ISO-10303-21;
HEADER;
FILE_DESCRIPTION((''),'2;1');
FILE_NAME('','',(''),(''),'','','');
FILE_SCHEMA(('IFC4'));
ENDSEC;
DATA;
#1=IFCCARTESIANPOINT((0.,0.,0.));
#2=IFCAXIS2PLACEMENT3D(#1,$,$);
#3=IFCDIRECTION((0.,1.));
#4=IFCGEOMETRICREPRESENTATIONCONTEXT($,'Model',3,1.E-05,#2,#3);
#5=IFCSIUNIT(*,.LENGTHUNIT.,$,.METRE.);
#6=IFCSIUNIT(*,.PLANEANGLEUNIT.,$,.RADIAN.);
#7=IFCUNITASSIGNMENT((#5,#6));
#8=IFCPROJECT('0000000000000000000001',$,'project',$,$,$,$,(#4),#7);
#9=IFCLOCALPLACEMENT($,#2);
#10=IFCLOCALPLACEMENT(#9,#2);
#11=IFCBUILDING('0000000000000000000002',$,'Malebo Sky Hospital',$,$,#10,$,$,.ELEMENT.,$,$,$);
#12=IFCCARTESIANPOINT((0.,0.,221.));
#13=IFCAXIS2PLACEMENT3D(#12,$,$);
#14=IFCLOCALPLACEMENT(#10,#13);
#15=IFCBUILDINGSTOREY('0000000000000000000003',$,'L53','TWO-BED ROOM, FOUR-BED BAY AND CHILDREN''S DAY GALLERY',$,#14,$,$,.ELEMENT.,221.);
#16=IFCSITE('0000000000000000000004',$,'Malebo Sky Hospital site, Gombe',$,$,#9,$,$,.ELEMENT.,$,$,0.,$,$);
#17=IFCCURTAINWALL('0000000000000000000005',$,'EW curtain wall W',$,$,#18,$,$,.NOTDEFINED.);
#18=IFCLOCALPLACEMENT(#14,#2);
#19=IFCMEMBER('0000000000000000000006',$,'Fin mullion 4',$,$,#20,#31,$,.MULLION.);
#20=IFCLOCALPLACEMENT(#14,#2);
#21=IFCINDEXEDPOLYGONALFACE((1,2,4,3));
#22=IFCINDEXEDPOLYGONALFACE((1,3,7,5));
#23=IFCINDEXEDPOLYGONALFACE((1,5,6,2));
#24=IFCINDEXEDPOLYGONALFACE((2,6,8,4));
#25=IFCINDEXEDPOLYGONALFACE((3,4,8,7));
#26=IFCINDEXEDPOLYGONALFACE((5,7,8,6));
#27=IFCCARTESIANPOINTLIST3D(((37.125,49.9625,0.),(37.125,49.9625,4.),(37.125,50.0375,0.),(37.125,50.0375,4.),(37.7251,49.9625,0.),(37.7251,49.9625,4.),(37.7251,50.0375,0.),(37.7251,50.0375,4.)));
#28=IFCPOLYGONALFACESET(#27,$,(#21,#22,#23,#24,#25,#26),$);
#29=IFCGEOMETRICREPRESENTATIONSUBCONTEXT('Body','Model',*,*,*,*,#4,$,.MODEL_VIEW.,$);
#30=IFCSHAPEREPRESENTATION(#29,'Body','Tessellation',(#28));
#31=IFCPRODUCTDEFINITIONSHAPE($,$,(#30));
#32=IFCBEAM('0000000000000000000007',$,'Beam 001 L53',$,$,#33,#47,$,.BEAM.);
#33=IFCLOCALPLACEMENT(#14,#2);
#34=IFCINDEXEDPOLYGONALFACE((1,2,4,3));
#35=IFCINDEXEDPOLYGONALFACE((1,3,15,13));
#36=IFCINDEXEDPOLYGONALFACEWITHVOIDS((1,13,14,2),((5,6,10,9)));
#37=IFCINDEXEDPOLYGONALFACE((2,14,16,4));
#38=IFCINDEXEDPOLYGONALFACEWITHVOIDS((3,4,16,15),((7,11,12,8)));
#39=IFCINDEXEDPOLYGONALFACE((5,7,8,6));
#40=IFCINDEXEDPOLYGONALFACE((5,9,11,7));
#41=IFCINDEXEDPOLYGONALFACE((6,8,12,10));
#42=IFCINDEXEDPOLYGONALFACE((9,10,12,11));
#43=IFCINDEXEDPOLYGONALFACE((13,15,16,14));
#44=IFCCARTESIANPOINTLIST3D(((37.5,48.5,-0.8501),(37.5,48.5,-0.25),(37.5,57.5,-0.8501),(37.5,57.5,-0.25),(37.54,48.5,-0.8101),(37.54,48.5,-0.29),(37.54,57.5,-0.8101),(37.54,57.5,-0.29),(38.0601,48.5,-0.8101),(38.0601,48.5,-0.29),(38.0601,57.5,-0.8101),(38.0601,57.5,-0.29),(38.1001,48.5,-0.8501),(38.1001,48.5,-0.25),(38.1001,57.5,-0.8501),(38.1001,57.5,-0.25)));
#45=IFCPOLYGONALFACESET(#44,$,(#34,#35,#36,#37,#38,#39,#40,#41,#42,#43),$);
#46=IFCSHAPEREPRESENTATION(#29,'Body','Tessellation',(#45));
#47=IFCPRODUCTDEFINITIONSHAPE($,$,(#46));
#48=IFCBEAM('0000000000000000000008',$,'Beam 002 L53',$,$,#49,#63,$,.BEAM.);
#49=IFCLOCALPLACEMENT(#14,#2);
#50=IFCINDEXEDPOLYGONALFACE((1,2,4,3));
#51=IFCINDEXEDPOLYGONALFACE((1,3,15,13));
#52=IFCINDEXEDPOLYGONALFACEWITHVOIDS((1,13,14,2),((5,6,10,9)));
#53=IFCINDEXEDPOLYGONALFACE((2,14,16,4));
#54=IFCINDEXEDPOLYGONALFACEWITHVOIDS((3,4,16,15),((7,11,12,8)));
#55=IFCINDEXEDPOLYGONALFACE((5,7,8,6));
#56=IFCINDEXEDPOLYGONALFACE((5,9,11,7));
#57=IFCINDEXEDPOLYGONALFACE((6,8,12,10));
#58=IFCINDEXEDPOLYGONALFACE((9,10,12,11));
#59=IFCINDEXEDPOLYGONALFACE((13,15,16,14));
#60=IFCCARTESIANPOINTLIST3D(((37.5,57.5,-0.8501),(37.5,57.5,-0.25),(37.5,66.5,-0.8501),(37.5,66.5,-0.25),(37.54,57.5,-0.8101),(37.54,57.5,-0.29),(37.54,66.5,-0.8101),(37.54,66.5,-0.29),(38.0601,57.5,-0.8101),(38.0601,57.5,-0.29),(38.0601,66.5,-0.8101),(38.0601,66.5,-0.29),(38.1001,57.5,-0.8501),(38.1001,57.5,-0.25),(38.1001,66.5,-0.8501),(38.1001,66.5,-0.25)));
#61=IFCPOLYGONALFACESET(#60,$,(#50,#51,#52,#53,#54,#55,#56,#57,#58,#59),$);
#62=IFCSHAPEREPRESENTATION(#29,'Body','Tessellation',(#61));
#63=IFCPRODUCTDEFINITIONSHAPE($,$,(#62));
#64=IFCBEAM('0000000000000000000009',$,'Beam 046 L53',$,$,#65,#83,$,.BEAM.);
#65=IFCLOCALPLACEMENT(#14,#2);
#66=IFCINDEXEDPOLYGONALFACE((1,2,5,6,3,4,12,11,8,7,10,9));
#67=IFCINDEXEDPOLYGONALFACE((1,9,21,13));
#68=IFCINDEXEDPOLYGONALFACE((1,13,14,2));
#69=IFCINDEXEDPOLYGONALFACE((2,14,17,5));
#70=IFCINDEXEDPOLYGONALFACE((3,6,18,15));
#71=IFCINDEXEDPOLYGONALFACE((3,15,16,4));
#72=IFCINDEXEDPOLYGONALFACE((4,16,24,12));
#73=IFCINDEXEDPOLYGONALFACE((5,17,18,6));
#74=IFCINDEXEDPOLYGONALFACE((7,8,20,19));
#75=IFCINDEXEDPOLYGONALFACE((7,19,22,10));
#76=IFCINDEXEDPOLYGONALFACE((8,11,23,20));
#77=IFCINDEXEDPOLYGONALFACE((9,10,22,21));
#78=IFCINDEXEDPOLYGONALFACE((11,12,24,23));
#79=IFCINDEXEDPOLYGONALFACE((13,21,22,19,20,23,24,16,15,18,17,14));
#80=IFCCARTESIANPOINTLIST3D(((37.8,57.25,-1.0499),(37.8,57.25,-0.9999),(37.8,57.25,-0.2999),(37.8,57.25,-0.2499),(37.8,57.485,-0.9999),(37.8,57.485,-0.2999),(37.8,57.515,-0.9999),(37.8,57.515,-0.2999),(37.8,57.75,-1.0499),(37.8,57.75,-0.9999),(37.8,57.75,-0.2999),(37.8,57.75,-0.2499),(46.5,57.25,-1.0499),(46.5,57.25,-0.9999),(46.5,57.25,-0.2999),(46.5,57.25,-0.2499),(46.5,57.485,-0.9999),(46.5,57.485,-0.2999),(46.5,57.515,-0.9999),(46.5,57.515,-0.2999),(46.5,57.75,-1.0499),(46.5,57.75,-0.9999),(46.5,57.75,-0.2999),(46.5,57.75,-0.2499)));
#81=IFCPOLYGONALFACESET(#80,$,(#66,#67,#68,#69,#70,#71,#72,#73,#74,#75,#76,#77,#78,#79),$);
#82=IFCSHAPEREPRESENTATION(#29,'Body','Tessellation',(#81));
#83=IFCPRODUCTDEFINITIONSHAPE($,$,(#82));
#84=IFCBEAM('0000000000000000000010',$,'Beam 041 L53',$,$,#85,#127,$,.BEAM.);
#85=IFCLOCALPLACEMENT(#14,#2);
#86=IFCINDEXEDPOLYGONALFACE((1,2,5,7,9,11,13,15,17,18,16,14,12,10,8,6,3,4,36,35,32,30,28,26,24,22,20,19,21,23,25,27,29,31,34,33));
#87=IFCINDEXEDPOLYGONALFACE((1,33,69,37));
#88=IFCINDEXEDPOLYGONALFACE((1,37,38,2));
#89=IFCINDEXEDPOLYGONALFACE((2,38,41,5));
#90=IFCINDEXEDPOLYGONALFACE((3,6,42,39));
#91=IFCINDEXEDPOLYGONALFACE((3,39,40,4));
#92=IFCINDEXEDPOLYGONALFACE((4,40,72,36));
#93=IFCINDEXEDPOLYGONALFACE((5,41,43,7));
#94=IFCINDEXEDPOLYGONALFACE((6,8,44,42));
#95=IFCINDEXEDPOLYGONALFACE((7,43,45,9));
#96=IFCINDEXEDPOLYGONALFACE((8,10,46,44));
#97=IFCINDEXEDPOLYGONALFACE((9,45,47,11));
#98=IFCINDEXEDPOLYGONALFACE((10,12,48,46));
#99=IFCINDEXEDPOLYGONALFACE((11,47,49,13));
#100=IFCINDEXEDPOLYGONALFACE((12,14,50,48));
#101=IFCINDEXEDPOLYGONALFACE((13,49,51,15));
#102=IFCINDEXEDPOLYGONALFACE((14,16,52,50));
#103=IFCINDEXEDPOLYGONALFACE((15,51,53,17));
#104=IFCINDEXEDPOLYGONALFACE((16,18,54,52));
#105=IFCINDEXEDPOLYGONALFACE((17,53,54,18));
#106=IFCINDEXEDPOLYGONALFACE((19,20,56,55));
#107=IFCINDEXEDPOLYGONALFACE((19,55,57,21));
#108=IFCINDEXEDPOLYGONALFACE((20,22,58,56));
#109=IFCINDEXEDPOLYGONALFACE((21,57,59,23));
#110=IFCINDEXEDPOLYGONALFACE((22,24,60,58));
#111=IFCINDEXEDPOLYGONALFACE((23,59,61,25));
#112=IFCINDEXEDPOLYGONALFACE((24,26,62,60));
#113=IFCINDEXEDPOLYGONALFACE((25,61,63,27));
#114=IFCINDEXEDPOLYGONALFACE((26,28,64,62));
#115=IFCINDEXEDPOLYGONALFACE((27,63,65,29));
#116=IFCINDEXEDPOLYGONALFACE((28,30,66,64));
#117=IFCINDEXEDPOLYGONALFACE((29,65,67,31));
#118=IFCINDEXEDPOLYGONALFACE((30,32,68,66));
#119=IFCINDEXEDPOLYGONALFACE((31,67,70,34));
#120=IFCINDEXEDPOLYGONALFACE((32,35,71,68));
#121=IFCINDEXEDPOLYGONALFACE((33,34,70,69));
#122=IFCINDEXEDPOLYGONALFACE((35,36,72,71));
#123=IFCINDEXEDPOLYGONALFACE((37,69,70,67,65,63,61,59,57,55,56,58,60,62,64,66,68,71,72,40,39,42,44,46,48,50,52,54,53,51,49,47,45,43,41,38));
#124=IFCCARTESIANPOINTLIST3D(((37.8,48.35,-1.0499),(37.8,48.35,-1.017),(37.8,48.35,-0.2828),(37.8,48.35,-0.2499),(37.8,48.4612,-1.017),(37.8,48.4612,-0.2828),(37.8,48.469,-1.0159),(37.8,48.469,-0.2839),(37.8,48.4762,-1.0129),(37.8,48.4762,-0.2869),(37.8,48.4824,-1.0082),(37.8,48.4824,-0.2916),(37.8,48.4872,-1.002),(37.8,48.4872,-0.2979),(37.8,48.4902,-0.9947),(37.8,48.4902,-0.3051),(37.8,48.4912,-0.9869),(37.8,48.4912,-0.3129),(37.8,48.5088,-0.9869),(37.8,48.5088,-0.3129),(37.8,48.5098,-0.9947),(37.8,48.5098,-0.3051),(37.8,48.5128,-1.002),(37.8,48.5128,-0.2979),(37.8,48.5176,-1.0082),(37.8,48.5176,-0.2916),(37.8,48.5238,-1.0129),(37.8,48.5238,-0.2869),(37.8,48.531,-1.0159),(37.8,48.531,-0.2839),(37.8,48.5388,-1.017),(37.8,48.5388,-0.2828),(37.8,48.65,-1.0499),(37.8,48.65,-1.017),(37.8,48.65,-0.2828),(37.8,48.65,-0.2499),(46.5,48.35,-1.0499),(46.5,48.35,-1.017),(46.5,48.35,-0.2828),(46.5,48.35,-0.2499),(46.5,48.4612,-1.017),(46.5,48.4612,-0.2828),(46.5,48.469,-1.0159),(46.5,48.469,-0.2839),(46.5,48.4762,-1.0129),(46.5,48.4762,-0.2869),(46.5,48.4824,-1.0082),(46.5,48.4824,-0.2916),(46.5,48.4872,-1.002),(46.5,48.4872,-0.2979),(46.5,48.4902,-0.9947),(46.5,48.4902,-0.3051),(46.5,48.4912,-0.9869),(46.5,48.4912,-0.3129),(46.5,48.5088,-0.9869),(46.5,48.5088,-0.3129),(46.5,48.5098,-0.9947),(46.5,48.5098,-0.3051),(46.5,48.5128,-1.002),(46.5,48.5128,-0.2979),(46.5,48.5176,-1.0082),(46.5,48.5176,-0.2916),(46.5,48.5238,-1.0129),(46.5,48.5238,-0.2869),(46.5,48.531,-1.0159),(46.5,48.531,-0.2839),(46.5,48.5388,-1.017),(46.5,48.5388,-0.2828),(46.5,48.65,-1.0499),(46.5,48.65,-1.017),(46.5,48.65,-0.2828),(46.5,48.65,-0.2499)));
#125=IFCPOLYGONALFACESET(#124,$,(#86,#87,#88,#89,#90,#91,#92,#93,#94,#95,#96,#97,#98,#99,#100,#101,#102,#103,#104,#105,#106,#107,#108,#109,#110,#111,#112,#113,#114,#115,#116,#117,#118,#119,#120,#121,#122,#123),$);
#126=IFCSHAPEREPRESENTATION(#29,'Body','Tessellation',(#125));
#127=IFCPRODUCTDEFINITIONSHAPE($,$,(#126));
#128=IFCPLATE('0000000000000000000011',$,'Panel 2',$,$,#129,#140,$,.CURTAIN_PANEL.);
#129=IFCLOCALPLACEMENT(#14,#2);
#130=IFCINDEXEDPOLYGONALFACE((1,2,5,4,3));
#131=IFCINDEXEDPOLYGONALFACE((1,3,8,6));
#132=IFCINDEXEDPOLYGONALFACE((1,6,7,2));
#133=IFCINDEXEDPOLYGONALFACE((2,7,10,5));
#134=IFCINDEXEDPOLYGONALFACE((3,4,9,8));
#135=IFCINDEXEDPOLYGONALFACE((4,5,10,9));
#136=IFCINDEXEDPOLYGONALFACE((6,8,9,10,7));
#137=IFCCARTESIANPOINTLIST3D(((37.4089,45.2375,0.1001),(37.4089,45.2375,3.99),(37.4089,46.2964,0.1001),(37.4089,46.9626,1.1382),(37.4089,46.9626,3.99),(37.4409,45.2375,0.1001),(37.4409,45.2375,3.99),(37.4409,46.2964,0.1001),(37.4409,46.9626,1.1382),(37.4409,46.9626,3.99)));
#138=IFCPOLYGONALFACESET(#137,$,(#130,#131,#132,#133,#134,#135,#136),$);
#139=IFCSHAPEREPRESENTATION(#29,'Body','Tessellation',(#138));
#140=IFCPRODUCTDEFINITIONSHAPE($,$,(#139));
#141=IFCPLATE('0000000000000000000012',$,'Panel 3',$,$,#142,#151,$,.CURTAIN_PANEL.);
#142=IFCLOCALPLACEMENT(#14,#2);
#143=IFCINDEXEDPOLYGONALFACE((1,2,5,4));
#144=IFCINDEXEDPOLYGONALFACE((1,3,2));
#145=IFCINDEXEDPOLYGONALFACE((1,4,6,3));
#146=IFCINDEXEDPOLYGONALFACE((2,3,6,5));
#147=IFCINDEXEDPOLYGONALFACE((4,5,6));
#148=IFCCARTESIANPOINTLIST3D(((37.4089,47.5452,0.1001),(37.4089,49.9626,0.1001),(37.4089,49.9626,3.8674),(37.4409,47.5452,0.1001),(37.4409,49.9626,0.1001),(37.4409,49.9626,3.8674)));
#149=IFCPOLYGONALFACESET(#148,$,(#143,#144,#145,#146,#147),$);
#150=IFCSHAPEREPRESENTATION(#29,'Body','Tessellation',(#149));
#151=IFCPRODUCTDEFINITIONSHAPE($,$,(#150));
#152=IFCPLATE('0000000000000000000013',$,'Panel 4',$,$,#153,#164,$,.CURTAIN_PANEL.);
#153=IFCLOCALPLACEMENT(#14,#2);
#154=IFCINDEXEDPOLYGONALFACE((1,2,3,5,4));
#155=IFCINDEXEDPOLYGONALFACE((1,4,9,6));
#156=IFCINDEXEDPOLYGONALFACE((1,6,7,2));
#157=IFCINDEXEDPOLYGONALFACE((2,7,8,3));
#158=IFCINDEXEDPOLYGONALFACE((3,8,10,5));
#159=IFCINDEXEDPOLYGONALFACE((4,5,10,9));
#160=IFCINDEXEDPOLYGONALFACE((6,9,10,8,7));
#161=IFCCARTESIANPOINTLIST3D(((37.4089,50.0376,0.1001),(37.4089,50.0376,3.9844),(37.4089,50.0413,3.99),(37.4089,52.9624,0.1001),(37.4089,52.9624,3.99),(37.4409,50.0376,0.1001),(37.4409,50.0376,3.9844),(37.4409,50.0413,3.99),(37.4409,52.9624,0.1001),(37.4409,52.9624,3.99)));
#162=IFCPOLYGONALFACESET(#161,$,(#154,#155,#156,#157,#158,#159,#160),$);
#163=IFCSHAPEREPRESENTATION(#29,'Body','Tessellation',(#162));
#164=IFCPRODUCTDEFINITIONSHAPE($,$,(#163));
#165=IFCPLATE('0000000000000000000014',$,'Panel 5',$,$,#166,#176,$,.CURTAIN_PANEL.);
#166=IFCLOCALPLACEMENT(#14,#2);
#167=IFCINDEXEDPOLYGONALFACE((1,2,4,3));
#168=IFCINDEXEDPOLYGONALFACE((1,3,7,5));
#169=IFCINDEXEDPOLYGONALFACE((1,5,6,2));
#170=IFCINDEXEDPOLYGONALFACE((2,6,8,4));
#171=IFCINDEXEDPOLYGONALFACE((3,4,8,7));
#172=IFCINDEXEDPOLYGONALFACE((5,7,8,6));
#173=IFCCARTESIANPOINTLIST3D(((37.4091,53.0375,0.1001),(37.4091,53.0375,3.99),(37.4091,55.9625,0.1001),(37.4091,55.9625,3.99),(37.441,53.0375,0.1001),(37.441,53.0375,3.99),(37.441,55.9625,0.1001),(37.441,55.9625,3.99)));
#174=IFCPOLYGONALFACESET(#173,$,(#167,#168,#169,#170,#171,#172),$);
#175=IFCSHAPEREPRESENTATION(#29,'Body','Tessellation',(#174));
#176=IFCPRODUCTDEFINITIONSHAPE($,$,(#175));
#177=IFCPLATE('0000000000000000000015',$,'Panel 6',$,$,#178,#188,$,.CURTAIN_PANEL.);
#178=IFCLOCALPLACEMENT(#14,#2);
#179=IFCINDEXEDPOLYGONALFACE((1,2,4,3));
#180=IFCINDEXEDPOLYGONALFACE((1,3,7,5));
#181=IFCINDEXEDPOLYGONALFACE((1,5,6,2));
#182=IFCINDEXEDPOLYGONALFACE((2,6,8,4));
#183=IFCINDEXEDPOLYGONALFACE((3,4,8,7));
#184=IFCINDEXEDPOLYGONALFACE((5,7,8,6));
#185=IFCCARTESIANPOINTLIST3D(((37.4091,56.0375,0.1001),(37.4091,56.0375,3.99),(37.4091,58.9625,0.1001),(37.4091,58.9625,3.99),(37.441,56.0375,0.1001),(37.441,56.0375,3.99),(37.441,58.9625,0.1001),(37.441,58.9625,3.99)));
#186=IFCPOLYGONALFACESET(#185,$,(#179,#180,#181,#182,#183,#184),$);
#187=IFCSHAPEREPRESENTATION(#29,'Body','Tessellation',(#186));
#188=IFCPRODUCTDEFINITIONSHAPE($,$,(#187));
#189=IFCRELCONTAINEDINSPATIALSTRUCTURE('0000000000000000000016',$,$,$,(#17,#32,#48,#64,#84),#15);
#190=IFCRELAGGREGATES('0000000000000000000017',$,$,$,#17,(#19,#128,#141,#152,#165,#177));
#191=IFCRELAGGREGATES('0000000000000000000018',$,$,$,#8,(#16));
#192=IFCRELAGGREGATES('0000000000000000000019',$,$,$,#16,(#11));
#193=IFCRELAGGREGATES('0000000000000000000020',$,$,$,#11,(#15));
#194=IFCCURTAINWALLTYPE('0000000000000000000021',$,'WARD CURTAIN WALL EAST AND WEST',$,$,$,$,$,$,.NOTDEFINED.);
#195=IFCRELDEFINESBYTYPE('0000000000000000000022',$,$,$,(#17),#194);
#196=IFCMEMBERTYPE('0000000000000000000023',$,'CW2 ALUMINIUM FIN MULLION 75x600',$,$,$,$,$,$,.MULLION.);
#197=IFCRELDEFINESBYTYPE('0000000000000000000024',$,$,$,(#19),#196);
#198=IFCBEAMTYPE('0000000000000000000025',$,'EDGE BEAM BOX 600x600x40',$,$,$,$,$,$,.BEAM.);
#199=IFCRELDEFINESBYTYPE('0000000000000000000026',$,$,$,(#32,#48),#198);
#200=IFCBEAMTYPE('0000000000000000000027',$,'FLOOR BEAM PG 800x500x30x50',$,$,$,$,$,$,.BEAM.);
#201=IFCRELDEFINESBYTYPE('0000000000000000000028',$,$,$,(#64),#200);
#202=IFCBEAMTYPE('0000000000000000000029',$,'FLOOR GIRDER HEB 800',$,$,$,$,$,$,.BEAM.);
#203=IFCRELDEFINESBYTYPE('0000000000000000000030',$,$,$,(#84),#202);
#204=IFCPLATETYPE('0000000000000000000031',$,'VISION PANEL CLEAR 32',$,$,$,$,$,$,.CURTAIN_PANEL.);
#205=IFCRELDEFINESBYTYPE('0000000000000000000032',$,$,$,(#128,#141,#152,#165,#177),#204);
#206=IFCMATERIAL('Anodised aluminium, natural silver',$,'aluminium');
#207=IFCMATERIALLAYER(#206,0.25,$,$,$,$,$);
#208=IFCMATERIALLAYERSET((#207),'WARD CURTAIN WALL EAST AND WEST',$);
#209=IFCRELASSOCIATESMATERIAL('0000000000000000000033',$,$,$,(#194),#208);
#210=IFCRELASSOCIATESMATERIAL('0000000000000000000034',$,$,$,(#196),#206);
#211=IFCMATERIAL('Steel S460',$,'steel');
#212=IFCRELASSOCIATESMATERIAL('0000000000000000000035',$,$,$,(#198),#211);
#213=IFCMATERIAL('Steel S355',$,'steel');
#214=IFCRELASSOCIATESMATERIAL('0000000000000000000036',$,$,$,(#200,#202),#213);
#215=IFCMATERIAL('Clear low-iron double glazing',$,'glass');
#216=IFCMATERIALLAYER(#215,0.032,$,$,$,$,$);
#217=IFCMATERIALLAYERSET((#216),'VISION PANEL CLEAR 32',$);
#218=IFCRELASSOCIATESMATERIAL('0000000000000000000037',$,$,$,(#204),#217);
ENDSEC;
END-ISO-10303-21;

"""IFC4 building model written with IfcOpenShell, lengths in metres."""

from ifc_helpers import new_model, si_unit, direction, frame, origin, origin_2d, place, context, subcontext, project, spatial, polyline, rectangle, hollow_rectangle, i_section, outline, extrude, material, layer, layer_set, material_profile, profile_set, type_object, element, aggregate, save


model = new_model("IFC4")

# Units and contexts
model_context = context("Model", 3, precision=1e-05, world=origin(), true_north=direction((0.0, 1.0)))
body_context = subcontext(model_context, "Body", "Model", "MODEL_VIEW")
ifc_project = project(units=[si_unit("LENGTHUNIT", "METRE"), si_unit("PLANEANGLEUNIT", "RADIAN")], contexts=[model_context])

# Site, building, storey
site_placement = place(None, origin())
site = spatial("IfcSite", under=ifc_project, at=site_placement, Name="Malebo Sky Hospital site, Gombe", CompositionType="ELEMENT", RefElevation=0.0)
building_placement = place(site_placement, origin())
building = spatial("IfcBuilding", under=site, at=building_placement, Name="Malebo Sky Hospital", CompositionType="ELEMENT")
storey_placement = place(building_placement, frame((0.0, 0.0, 221.0)))
storey = spatial("IfcBuildingStorey", under=building, at=storey_placement, Name="L53", Description="TWO-BED ROOM, FOUR-BED BAY AND CHILDREN'S DAY GALLERY", CompositionType="ELEMENT", Elevation=221.0)

# Shared definitions
ifc_material_1 = material(Name="Steel S460", Category="steel")

# Curtain wall
ifc_material_2 = material(Name="Anodised aluminium, natural silver", Category="aluminium")
ifc_layer_1 = layer(ifc_material_2, 0.25)
ifc_layer_set_1 = layer_set([ifc_layer_1], Name="WARD CURTAIN WALL EAST AND WEST")
curtain_wall_type = type_object("IfcCurtainWallType", Name="WARD CURTAIN WALL EAST AND WEST", PredefinedType="NOTDEFINED", material=ifc_layer_set_1)
curtain_wall_placement = place(storey_placement, origin())
curtain_wall = element("IfcCurtainWall", 1, at=curtain_wall_placement, inside=storey, type_object=curtain_wall_type, Name="EW curtain wall W", PredefinedType="NOTDEFINED")

# Member
ifc_material_3 = material(Name="Steel S355", Category="steel")
ifc_material_profile_1 = material_profile(ifc_material_2, rectangle(XDim=0.075, YDim=0.6001, at=origin_2d()), Name="CW2 ALUMINIUM FIN MULLION 75x600")
ifc_profile_set_1 = profile_set([ifc_material_profile_1], Name="Anodised aluminium, natural silver")
member_type_1 = type_object("IfcMemberType", Name="CW2 ALUMINIUM FIN MULLION 75x600", PredefinedType="MULLION", material=ifc_profile_set_1)
member_1_placement = place(storey_placement, frame((37.425, 50.0, 0.0), z_axis=(0.0, 0.0, 1.0), x_axis=(0.0, 1.0, 0.0)))
member_1 = element("IfcMember", 2, at=member_1_placement, type_object=member_type_1, Name="Fin mullion 4", PredefinedType="MULLION", context=body_context, shape_type="SweptSolid", body=[
    extrude(rectangle(XDim=0.075, YDim=0.6001, at=origin_2d()), origin(), (0.0, 0.0, 1.0), 4.0),
])

# Beams
ifc_material_profile_2 = material_profile(ifc_material_1, hollow_rectangle(XDim=0.6001, YDim=0.6001, WallThickness=0.04, at=origin_2d()), Name="BOX 600x600x40")
ifc_profile_set_2 = profile_set([ifc_material_profile_2], Name="Steel S460")
beam_type_1 = type_object("IfcBeamType", Name="EDGE BEAM BOX 600x600x40", PredefinedType="BEAM", material=ifc_profile_set_2)
for number, where, z_axis, x_axis, name in (
    (3, (37.8, 48.5, -0.55), (0.0, 1.0, 0.0), (-1.0, 0.0, 0.0), "Beam 001 L53"),
    (4, (37.8, 57.5, -0.55), (0.0, 1.0, 0.0), (-1.0, 0.0, 0.0), "Beam 002 L53"),
):
    element("IfcBeam", number, at=place(storey_placement, frame(where, z_axis=z_axis, x_axis=x_axis)), inside=storey, type_object=beam_type_1, Name=name, PredefinedType="BEAM", context=body_context, shape_type="SweptSolid", body=[
        extrude(hollow_rectangle(XDim=0.6001, YDim=0.6001, WallThickness=0.04, at=origin_2d()), origin(), (0.0, 0.0, 1.0), 9.0),
    ])
ifc_material_profile_3 = material_profile(ifc_material_3, i_section(OverallWidth=0.5, OverallDepth=0.8, WebThickness=0.03, FlangeThickness=0.05, at=origin_2d()), Name="PG 800x500x30x50")
ifc_profile_set_3 = profile_set([ifc_material_profile_3], Name="Steel S355")
beam_type_2 = type_object("IfcBeamType", Name="FLOOR BEAM PG 800x500x30x50", PredefinedType="BEAM", material=ifc_profile_set_3)
beam_1_placement = place(storey_placement, frame((37.8, 57.5, -0.6499), z_axis=(1.0, 0.0, 0.0), x_axis=(0.0, 1.0, 0.0)))
element("IfcBeam", 5, at=beam_1_placement, inside=storey, type_object=beam_type_2, Name="Beam 046 L53", PredefinedType="BEAM", context=body_context, shape_type="SweptSolid", body=[
    extrude(i_section(OverallWidth=0.5, OverallDepth=0.8, WebThickness=0.03, FlangeThickness=0.05, at=origin_2d()), origin(), (0.0, 0.0, 1.0), 8.7),
])
ifc_material_profile_4 = material_profile(ifc_material_3, i_section(OverallWidth=0.3, OverallDepth=0.8, WebThickness=0.0176, FlangeThickness=0.033, FilletRadius=0.03, at=origin_2d()), Name="HEB 800")
ifc_profile_set_4 = profile_set([ifc_material_profile_4], Name="Steel S355")
beam_type_3 = type_object("IfcBeamType", Name="FLOOR GIRDER HEB 800", PredefinedType="BEAM", material=ifc_profile_set_4)
beam_2_placement = place(storey_placement, frame((37.8, 48.5, -0.6499), z_axis=(1.0, 0.0, 0.0), x_axis=(0.0, 1.0, 0.0)))
element("IfcBeam", 6, at=beam_2_placement, inside=storey, type_object=beam_type_3, Name="Beam 041 L53", PredefinedType="BEAM", context=body_context, shape_type="SweptSolid", body=[
    extrude(i_section(OverallWidth=0.3, OverallDepth=0.8, WebThickness=0.0176, FlangeThickness=0.033, FilletRadius=0.03, at=origin_2d()), origin(), (0.0, 0.0, 1.0), 8.7),
])

# Plates
ifc_material_4 = material(Name="Clear low-iron double glazing", Category="glass")
ifc_layer_2 = layer(ifc_material_4, 0.032)
ifc_layer_set_2 = layer_set([ifc_layer_2], Name="VISION PANEL CLEAR 32")
plate_type = type_object("IfcPlateType", Name="VISION PANEL CLEAR 32", PredefinedType="CURTAIN_PANEL", material=ifc_layer_set_2)
plate_1_placement = place(storey_placement, frame((37.425, 46.1001, 0.1001), z_axis=(0.0, 0.0, 1.0), x_axis=(0.0, 1.0, 0.0)))
plate_1 = element("IfcPlate", 7, at=plate_1_placement, type_object=plate_type, Name="Panel 2", PredefinedType="CURTAIN_PANEL", context=body_context, shape_type="SweptSolid", body=[
    extrude(outline(polyline([(-0.8625, 0.0), (0.1963, 0.0), (0.8625, 1.0381), (0.8625, 3.8899), (-0.8625, 3.8899), (-0.8625, 0.0)])), frame((0.0, 0.0161, 0.0), z_axis=(0.0, -1.0, 0.0), x_axis=(1.0, 0.0, 0.0)), (0.0, 0.0, 1.0), 0.032),
])
plate_2_placement = place(storey_placement, frame((37.425, 48.7539, 0.1001), z_axis=(0.0, 0.0, 1.0), x_axis=(0.0, 1.0, 0.0)))
plate_2 = element("IfcPlate", 8, at=plate_2_placement, type_object=plate_type, Name="Panel 3", PredefinedType="CURTAIN_PANEL", context=body_context, shape_type="SweptSolid", body=[
    extrude(outline(polyline([(-1.2087, 0.0), (1.2087, 0.0), (1.2087, 3.7673), (-1.2087, 0.0)])), frame((0.0, 0.0161, 0.0), z_axis=(0.0, -1.0, 0.0), x_axis=(1.0, 0.0, 0.0)), (0.0, 0.0, 1.0), 0.032),
])
plate_3_placement = place(storey_placement, frame((37.425, 51.5, 0.1001), z_axis=(0.0, 0.0, 1.0), x_axis=(0.0, 1.0, 0.0)))
plate_3 = element("IfcPlate", 9, at=plate_3_placement, type_object=plate_type, Name="Panel 4", PredefinedType="CURTAIN_PANEL", context=body_context, shape_type="SweptSolid", body=[
    extrude(outline(polyline([(-1.4624, 0.0), (1.4624, 0.0), (1.4624, 3.8899), (-1.4587, 3.8899), (-1.4624, 3.8843), (-1.4624, 0.0)])), frame((0.0, 0.0161, 0.0), z_axis=(0.0, -1.0, 0.0), x_axis=(1.0, 0.0, 0.0)), (0.0, 0.0, 1.0), 0.032),
])
plate_4_placement = place(storey_placement, frame((37.425, 54.5, 0.1001), z_axis=(0.0, 0.0, 1.0), x_axis=(0.0, 1.0, 0.0)))
plate_4 = element("IfcPlate", 10, at=plate_4_placement, type_object=plate_type, Name="Panel 5", PredefinedType="CURTAIN_PANEL", context=body_context, shape_type="SweptSolid", body=[
    extrude(rectangle(XDim=2.925, YDim=0.032, at=origin_2d()), origin(), (0.0, 0.0, 1.0), 3.8899),
])
plate_5_placement = place(storey_placement, frame((37.425, 57.5, 0.1001), z_axis=(0.0, 0.0, 1.0), x_axis=(0.0, 1.0, 0.0)))
plate_5 = element("IfcPlate", 11, at=plate_5_placement, type_object=plate_type, Name="Panel 6", PredefinedType="CURTAIN_PANEL", context=body_context, shape_type="SweptSolid", body=[
    extrude(rectangle(XDim=2.925, YDim=0.032, at=origin_2d()), origin(), (0.0, 0.0, 1.0), 3.8899),
])
aggregate(curtain_wall, [member_1, plate_1, plate_2, plate_3, plate_4, plate_5])

save(model, "model.ifc")
